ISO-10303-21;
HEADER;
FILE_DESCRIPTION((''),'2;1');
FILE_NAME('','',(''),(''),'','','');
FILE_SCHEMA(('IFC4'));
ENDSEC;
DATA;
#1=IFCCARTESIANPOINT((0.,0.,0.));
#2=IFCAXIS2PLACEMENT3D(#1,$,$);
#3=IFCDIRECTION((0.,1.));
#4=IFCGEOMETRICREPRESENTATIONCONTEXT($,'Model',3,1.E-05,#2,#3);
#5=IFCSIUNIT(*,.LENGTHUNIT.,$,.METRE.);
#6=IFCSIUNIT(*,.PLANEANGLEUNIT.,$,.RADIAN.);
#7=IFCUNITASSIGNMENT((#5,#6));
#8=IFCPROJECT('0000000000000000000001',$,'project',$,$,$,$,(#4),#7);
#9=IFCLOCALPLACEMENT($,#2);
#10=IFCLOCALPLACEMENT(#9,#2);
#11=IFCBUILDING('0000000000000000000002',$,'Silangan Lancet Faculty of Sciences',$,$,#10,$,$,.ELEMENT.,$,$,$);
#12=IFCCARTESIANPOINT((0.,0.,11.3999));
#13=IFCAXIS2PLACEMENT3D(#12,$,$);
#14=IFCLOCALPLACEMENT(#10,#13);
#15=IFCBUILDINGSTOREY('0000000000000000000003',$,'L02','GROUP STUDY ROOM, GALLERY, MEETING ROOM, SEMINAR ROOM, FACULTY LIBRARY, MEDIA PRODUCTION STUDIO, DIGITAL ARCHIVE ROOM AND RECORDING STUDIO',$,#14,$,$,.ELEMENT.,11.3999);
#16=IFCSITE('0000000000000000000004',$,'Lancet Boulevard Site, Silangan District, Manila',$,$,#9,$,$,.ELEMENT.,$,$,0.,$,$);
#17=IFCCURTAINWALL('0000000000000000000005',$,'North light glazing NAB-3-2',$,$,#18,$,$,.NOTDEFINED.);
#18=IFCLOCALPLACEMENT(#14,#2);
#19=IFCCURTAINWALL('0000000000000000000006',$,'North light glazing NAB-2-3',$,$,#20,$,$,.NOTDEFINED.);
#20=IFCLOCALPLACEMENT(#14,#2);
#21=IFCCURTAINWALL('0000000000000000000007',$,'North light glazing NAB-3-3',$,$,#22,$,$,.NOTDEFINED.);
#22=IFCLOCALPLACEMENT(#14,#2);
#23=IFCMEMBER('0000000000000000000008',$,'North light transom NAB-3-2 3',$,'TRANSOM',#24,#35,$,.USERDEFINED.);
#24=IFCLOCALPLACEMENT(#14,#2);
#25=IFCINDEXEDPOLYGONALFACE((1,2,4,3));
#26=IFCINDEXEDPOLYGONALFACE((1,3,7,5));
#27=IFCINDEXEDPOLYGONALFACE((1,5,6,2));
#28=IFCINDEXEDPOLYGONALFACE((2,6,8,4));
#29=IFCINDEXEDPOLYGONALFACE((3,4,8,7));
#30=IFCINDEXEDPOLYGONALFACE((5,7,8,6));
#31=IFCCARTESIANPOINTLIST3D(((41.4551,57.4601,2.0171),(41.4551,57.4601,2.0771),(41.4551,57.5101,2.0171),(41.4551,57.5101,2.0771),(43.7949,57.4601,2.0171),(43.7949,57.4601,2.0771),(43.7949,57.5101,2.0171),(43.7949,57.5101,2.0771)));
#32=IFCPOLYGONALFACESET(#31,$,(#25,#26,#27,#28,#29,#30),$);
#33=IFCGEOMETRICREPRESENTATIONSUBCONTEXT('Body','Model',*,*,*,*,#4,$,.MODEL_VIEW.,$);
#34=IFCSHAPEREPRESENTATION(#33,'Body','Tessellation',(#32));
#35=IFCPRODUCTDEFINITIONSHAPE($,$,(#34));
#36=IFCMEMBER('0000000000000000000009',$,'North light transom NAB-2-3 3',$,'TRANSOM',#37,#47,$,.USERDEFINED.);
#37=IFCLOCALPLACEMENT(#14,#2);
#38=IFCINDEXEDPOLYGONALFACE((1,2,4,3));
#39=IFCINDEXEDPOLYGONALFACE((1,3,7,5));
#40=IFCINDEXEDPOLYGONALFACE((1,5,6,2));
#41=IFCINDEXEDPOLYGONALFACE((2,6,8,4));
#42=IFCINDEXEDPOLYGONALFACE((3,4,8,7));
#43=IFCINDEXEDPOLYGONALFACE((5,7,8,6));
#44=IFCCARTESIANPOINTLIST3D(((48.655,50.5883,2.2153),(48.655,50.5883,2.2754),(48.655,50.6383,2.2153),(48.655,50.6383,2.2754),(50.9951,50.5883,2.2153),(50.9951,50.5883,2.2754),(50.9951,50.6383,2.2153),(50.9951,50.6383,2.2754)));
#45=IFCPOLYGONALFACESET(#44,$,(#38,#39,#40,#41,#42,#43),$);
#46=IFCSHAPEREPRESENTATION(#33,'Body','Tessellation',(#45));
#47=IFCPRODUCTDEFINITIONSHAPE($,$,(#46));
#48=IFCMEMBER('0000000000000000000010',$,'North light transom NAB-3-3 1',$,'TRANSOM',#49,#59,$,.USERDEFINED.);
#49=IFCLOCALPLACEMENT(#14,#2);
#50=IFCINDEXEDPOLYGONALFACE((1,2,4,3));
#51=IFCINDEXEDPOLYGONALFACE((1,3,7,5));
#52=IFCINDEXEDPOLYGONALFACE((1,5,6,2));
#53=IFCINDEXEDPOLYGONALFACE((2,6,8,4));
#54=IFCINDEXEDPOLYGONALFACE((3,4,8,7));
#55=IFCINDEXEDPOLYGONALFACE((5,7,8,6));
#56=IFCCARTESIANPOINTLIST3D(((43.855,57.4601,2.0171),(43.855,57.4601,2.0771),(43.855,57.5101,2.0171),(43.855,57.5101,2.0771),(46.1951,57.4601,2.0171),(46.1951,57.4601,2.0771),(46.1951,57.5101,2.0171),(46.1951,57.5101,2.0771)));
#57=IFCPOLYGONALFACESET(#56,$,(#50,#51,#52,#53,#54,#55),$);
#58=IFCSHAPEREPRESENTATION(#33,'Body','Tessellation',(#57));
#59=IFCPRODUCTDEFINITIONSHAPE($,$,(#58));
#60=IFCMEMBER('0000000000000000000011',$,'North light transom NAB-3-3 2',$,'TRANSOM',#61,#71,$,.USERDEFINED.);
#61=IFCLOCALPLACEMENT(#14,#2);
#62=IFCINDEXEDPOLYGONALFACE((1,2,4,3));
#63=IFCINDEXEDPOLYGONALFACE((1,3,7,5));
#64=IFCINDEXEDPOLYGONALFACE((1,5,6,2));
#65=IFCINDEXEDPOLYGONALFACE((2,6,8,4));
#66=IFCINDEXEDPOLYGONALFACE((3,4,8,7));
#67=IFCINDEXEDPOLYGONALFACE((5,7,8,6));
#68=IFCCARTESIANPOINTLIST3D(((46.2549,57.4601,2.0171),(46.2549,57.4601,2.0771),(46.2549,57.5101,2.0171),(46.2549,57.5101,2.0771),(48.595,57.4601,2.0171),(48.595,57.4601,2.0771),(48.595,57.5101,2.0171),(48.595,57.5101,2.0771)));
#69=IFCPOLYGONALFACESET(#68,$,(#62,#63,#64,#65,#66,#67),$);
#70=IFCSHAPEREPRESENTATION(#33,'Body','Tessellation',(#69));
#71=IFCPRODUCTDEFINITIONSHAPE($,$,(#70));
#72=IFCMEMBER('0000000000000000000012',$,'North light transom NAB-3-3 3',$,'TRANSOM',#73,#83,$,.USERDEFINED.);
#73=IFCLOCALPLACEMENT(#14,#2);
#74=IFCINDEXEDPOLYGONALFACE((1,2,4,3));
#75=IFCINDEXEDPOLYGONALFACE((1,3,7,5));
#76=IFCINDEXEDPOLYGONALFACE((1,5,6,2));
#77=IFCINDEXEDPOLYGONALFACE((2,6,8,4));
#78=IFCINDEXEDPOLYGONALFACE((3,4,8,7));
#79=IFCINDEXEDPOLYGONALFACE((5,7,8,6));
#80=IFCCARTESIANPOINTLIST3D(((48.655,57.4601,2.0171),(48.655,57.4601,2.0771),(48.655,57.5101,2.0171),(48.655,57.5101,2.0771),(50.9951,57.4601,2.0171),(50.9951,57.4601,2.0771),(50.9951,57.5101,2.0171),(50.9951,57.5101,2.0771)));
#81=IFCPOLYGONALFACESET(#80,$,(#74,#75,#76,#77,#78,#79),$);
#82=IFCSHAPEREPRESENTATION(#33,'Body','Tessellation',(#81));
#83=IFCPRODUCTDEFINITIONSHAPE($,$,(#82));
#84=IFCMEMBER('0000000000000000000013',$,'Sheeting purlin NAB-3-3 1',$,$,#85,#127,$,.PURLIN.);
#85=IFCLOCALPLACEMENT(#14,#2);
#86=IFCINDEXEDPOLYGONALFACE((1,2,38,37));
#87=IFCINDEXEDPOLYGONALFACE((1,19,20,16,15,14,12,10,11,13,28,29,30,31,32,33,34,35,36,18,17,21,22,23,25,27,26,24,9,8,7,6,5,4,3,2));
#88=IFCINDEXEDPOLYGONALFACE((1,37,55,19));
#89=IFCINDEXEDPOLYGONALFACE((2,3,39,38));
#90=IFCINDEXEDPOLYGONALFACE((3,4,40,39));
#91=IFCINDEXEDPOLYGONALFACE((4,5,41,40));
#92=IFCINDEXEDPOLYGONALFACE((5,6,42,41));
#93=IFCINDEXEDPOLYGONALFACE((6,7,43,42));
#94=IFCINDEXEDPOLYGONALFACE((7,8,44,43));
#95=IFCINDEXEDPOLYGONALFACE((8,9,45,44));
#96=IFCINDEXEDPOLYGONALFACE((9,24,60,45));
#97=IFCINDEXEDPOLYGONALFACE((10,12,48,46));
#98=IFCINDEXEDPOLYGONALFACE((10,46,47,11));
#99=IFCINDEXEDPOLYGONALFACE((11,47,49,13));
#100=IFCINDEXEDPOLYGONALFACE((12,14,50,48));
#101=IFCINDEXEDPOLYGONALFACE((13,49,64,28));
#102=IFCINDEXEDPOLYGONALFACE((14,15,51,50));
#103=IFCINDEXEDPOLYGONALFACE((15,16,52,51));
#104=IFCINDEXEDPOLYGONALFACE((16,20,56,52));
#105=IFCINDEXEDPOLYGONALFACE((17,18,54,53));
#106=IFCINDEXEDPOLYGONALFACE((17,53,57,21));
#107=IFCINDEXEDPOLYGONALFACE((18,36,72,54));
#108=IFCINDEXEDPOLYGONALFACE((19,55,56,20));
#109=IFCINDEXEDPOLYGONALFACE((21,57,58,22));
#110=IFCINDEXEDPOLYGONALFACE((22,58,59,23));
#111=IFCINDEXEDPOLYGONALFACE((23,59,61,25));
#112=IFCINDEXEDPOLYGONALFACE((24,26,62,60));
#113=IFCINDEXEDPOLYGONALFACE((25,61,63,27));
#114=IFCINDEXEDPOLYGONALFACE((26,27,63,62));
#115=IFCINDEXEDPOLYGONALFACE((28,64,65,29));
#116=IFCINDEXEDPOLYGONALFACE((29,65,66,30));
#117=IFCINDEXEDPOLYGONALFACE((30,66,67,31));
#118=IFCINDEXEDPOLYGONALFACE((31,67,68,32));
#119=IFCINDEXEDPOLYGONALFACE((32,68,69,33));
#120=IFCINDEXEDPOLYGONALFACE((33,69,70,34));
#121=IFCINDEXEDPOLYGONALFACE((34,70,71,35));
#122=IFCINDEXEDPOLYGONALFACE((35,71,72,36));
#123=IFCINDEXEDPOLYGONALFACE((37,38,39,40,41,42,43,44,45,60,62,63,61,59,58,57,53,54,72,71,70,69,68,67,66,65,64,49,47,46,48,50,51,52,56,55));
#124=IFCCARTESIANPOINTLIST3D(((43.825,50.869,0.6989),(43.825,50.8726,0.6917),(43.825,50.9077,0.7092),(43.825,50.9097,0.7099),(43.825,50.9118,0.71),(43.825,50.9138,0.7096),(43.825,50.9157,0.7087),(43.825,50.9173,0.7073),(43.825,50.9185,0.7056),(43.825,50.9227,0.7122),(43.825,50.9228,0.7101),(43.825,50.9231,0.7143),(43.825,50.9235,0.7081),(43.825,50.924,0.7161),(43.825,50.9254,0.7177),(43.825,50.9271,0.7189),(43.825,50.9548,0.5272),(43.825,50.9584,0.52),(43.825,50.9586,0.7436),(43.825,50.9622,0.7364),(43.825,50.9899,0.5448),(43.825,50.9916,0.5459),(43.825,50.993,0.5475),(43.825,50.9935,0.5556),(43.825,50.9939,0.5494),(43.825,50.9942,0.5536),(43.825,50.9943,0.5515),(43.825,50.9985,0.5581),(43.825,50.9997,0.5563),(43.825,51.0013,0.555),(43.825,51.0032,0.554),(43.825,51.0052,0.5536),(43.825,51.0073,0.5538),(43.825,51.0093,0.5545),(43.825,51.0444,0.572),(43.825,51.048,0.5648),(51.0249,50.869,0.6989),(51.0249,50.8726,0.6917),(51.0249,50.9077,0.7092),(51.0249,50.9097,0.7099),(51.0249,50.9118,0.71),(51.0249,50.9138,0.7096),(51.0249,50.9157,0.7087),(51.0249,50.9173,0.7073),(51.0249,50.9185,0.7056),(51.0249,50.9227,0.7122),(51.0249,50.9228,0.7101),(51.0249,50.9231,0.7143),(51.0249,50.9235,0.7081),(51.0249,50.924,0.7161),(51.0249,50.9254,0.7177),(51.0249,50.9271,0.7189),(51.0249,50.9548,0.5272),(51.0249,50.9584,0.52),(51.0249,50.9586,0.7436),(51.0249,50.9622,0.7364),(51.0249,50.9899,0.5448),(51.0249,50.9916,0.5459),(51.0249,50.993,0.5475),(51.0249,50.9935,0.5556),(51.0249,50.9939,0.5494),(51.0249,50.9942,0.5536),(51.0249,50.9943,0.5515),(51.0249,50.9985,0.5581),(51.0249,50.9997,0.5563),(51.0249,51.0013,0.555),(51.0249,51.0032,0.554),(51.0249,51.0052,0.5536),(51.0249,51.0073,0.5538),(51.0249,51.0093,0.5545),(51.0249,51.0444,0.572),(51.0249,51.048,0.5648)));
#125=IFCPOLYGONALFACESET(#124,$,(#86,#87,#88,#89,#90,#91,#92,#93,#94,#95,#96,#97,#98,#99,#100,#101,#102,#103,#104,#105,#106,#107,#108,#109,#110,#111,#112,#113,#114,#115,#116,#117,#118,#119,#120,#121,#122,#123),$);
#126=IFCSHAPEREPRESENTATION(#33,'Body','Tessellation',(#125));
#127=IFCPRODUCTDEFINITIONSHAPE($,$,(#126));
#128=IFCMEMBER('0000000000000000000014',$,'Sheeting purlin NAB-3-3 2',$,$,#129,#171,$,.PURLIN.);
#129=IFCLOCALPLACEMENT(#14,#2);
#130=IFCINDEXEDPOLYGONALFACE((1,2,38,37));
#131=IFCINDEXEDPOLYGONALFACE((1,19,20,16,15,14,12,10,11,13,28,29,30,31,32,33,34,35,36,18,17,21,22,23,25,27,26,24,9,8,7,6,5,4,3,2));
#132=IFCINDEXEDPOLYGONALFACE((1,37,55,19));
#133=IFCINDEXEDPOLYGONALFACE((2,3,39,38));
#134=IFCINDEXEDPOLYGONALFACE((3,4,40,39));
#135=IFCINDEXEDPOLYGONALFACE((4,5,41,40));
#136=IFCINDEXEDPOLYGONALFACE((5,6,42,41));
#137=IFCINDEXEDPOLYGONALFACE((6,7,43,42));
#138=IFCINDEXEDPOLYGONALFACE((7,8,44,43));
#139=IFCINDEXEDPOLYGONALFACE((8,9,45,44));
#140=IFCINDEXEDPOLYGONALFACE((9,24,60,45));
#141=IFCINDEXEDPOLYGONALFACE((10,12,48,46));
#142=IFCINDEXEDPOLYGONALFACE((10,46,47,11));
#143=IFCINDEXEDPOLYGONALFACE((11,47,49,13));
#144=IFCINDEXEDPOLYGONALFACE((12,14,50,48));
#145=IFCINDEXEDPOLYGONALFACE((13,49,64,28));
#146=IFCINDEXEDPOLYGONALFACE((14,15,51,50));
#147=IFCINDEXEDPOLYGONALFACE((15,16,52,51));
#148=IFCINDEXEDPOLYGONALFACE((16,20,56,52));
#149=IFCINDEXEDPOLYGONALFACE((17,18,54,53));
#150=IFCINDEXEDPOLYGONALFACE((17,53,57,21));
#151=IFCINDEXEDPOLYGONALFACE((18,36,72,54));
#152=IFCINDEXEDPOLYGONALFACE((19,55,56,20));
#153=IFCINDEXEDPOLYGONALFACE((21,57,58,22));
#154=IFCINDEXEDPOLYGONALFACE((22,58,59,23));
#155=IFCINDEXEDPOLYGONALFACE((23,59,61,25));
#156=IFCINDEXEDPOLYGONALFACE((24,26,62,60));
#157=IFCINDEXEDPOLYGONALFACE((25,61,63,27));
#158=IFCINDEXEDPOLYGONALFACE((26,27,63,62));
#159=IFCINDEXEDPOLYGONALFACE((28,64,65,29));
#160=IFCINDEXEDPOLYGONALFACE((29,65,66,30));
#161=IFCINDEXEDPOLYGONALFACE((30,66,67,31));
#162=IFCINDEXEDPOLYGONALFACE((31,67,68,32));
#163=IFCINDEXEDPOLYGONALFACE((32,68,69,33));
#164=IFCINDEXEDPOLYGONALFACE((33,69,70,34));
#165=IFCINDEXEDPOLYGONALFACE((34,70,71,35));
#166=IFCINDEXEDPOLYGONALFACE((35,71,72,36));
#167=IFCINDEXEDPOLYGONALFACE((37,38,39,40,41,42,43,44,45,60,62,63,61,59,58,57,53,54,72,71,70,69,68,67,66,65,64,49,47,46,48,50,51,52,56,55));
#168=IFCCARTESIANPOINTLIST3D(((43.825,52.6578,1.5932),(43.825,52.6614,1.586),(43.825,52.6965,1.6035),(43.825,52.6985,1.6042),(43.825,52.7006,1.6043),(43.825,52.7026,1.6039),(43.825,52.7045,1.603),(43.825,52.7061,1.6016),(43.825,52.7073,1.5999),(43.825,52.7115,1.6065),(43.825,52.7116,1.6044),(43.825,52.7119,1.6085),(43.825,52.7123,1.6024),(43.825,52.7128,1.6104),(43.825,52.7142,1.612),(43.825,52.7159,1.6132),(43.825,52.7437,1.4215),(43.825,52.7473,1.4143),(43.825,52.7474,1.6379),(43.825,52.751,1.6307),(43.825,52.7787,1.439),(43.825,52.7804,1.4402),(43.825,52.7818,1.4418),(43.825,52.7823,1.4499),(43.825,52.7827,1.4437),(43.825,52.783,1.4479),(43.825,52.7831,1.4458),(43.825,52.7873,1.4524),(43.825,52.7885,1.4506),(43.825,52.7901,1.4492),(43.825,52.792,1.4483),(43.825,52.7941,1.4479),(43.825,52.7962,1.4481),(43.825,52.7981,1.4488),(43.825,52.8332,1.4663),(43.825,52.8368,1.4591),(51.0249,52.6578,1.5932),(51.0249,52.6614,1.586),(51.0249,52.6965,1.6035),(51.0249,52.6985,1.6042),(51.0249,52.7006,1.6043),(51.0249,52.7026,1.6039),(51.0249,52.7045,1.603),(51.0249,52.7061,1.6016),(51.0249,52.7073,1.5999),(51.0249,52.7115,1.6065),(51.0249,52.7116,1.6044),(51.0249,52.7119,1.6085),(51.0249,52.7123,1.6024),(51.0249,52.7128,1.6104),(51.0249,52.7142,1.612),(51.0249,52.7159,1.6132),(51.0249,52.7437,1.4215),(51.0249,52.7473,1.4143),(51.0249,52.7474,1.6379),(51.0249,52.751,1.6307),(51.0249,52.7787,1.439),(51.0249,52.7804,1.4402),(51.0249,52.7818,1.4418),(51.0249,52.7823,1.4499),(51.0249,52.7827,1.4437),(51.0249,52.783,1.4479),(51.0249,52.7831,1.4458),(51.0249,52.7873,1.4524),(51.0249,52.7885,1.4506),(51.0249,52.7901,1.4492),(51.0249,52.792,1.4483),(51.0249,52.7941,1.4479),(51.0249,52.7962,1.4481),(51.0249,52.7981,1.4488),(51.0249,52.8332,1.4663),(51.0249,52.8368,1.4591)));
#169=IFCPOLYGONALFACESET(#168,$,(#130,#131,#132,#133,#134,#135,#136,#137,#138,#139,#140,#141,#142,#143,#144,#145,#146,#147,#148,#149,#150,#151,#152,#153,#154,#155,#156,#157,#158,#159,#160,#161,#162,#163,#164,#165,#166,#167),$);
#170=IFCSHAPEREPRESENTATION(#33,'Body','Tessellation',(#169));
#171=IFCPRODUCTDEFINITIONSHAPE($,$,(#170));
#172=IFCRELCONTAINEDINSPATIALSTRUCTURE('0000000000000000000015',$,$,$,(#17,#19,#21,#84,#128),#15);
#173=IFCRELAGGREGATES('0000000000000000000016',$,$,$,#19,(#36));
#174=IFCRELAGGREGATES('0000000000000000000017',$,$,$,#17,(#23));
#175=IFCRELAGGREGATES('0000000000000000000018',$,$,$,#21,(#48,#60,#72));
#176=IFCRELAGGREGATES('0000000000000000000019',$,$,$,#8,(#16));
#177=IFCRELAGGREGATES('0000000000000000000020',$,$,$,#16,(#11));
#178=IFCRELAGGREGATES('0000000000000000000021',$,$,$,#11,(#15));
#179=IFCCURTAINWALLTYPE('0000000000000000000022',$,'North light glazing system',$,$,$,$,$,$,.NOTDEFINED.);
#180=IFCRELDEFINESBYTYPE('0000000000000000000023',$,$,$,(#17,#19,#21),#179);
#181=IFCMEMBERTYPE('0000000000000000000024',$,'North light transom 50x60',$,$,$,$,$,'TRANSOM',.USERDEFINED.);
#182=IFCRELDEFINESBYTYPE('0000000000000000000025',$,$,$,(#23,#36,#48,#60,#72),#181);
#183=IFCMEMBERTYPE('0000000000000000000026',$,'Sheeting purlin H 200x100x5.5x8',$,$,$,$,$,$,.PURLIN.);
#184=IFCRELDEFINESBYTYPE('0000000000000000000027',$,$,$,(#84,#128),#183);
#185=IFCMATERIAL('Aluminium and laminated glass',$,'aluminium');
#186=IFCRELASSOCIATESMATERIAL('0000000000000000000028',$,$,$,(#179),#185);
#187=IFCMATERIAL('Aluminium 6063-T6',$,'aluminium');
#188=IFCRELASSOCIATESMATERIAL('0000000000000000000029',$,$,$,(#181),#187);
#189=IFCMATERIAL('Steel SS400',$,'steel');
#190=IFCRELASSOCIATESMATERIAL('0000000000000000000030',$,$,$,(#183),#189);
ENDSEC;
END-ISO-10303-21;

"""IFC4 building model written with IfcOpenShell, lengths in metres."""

from ifc_helpers import new_model, si_unit, direction, frame, origin, origin_2d, place, context, subcontext, project, spatial, rectangle, i_section, extrude, material, material_profile, profile_set, type_object, element, aggregate, save


model = new_model("IFC4")

# Units and contexts
model_context = context("Model", 3, precision=1e-05, world=origin(), true_north=direction((0.0, 1.0)))
body_context = subcontext(model_context, "Body", "Model", "MODEL_VIEW")
ifc_project = project(units=[si_unit("LENGTHUNIT", "METRE"), si_unit("PLANEANGLEUNIT", "RADIAN")], contexts=[model_context])

# Site, building, storey
site_placement = place(None, origin())
site = spatial("IfcSite", under=ifc_project, at=site_placement, Name="Lancet Boulevard Site, Silangan District, Manila", CompositionType="ELEMENT", RefElevation=0.0)
building_placement = place(site_placement, origin())
building = spatial("IfcBuilding", under=site, at=building_placement, Name="Silangan Lancet Faculty of Sciences", CompositionType="ELEMENT")
storey_placement = place(building_placement, frame((0.0, 0.0, 11.3999)))
storey = spatial("IfcBuildingStorey", under=building, at=storey_placement, Name="L02", Description="GROUP STUDY ROOM, GALLERY, MEETING ROOM, SEMINAR ROOM, FACULTY LIBRARY, MEDIA PRODUCTION STUDIO, DIGITAL ARCHIVE ROOM AND RECORDING STUDIO", CompositionType="ELEMENT", Elevation=11.3999)

# Curtain walls
ifc_material_1 = material(Name="Aluminium and laminated glass", Category="aluminium")
curtain_wall_type = type_object("IfcCurtainWallType", Name="North light glazing system", PredefinedType="NOTDEFINED", material=ifc_material_1)
curtain_wall_1_placement = place(storey_placement, origin())
curtain_wall_1 = element("IfcCurtainWall", 1, at=curtain_wall_1_placement, inside=storey, type_object=curtain_wall_type, Name="North light glazing NAB-3-2", PredefinedType="NOTDEFINED")
curtain_wall_2_placement = place(storey_placement, origin())
curtain_wall_2 = element("IfcCurtainWall", 2, at=curtain_wall_2_placement, inside=storey, type_object=curtain_wall_type, Name="North light glazing NAB-2-3", PredefinedType="NOTDEFINED")

# Curtain wall
curtain_wall_3_placement = place(storey_placement, origin())
curtain_wall_3 = element("IfcCurtainWall", 3, at=curtain_wall_3_placement, inside=storey, type_object=curtain_wall_type, Name="North light glazing NAB-3-3", PredefinedType="NOTDEFINED")

# Members
ifc_material_2 = material(Name="Aluminium 6063-T6", Category="aluminium")
ifc_material_profile_1 = material_profile(ifc_material_2, rectangle(XDim=0.05, YDim=0.0601, at=origin_2d()), Name="AL 50x60")
ifc_profile_set_1 = profile_set([ifc_material_profile_1], Name="Aluminium 6063-T6")
member_type_1 = type_object("IfcMemberType", Name="North light transom 50x60", ElementType="TRANSOM", PredefinedType="USERDEFINED", material=ifc_profile_set_1)
member_1_placement = place(storey_placement, frame((41.4551, 57.4851, 2.0471), z_axis=(1.0, 0.0, 0.0), x_axis=(0.0, 1.0, 0.0)))
member_1 = element("IfcMember", 4, at=member_1_placement, type_object=member_type_1, Name="North light transom NAB-3-2 3", ObjectType="TRANSOM", PredefinedType="USERDEFINED", context=body_context, shape_type="SweptSolid", body=[
    extrude(rectangle(XDim=0.05, YDim=0.0601, at=origin_2d()), origin(), (0.0, 0.0, 1.0), 2.3398),
])
member_2_placement = place(storey_placement, frame((48.655, 50.6133, 2.2454), z_axis=(1.0, 0.0, 0.0), x_axis=(0.0, 1.0, 0.0)))
member_2 = element("IfcMember", 5, at=member_2_placement, type_object=member_type_1, Name="North light transom NAB-2-3 3", ObjectType="TRANSOM", PredefinedType="USERDEFINED", context=body_context, shape_type="SweptSolid", body=[
    extrude(rectangle(XDim=0.05, YDim=0.0601, at=origin_2d()), origin(), (0.0, 0.0, 1.0), 2.3401),
])
aggregate(curtain_wall_2, [member_2])
member_3_placement = place(storey_placement, frame((43.855, 57.4851, 2.0471), z_axis=(1.0, 0.0, 0.0), x_axis=(0.0, 1.0, 0.0)))
member_3 = element("IfcMember", 6, at=member_3_placement, type_object=member_type_1, Name="North light transom NAB-3-3 1", ObjectType="TRANSOM", PredefinedType="USERDEFINED", context=body_context, shape_type="SweptSolid", body=[
    extrude(rectangle(XDim=0.05, YDim=0.0601, at=origin_2d()), origin(), (0.0, 0.0, 1.0), 2.3401),
])
member_4_placement = place(storey_placement, frame((46.2549, 57.4851, 2.0471), z_axis=(1.0, 0.0, 0.0), x_axis=(0.0, 1.0, 0.0)))
member_4 = element("IfcMember", 7, at=member_4_placement, type_object=member_type_1, Name="North light transom NAB-3-3 2", ObjectType="TRANSOM", PredefinedType="USERDEFINED", context=body_context, shape_type="SweptSolid", body=[
    extrude(rectangle(XDim=0.05, YDim=0.0601, at=origin_2d()), origin(), (0.0, 0.0, 1.0), 2.3401),
])
member_5_placement = place(storey_placement, frame((48.655, 57.4851, 2.0471), z_axis=(1.0, 0.0, 0.0), x_axis=(0.0, 1.0, 0.0)))
member_5 = element("IfcMember", 8, at=member_5_placement, type_object=member_type_1, Name="North light transom NAB-3-3 3", ObjectType="TRANSOM", PredefinedType="USERDEFINED", context=body_context, shape_type="SweptSolid", body=[
    extrude(rectangle(XDim=0.05, YDim=0.0601, at=origin_2d()), origin(), (0.0, 0.0, 1.0), 2.3401),
])

# Members
ifc_material_3 = material(Name="Steel SS400", Category="steel")
ifc_material_profile_2 = material_profile(ifc_material_3, i_section(OverallWidth=0.1001, OverallDepth=0.2, WebThickness=0.0056, FlangeThickness=0.0081, FilletRadius=0.0081, at=origin_2d()), Name="H 200x100x5.5x8")
ifc_profile_set_2 = profile_set([ifc_material_profile_2], Name="Steel SS400")
member_type_2 = type_object("IfcMemberType", Name="Sheeting purlin H 200x100x5.5x8", PredefinedType="PURLIN", material=ifc_profile_set_2)
for number, where, z_axis, x_axis, name in (
    (9, (43.825, 50.9585, 0.6318), (1.0, 0.0, 0.0), (0.0, 0.894427, 0.447214), "Sheeting purlin NAB-3-3 1"),
    (10, (43.825, 52.7473, 1.5261), (1.0, 0.0, 0.0), (0.0, 0.894427, 0.447214), "Sheeting purlin NAB-3-3 2"),
):
    element("IfcMember", number, at=place(storey_placement, frame(where, z_axis=z_axis, x_axis=x_axis)), inside=storey, type_object=member_type_2, Name=name, PredefinedType="PURLIN", context=body_context, shape_type="SweptSolid", body=[
        extrude(i_section(OverallWidth=0.1001, OverallDepth=0.2, WebThickness=0.0056, FlangeThickness=0.0081, FilletRadius=0.0081, at=origin_2d()), origin(), (0.0, 0.0, 1.0), 7.2),
    ])

aggregate(curtain_wall_1, [member_1])
aggregate(curtain_wall_3, [member_3, member_4, member_5])

save(model, "model.ifc")
